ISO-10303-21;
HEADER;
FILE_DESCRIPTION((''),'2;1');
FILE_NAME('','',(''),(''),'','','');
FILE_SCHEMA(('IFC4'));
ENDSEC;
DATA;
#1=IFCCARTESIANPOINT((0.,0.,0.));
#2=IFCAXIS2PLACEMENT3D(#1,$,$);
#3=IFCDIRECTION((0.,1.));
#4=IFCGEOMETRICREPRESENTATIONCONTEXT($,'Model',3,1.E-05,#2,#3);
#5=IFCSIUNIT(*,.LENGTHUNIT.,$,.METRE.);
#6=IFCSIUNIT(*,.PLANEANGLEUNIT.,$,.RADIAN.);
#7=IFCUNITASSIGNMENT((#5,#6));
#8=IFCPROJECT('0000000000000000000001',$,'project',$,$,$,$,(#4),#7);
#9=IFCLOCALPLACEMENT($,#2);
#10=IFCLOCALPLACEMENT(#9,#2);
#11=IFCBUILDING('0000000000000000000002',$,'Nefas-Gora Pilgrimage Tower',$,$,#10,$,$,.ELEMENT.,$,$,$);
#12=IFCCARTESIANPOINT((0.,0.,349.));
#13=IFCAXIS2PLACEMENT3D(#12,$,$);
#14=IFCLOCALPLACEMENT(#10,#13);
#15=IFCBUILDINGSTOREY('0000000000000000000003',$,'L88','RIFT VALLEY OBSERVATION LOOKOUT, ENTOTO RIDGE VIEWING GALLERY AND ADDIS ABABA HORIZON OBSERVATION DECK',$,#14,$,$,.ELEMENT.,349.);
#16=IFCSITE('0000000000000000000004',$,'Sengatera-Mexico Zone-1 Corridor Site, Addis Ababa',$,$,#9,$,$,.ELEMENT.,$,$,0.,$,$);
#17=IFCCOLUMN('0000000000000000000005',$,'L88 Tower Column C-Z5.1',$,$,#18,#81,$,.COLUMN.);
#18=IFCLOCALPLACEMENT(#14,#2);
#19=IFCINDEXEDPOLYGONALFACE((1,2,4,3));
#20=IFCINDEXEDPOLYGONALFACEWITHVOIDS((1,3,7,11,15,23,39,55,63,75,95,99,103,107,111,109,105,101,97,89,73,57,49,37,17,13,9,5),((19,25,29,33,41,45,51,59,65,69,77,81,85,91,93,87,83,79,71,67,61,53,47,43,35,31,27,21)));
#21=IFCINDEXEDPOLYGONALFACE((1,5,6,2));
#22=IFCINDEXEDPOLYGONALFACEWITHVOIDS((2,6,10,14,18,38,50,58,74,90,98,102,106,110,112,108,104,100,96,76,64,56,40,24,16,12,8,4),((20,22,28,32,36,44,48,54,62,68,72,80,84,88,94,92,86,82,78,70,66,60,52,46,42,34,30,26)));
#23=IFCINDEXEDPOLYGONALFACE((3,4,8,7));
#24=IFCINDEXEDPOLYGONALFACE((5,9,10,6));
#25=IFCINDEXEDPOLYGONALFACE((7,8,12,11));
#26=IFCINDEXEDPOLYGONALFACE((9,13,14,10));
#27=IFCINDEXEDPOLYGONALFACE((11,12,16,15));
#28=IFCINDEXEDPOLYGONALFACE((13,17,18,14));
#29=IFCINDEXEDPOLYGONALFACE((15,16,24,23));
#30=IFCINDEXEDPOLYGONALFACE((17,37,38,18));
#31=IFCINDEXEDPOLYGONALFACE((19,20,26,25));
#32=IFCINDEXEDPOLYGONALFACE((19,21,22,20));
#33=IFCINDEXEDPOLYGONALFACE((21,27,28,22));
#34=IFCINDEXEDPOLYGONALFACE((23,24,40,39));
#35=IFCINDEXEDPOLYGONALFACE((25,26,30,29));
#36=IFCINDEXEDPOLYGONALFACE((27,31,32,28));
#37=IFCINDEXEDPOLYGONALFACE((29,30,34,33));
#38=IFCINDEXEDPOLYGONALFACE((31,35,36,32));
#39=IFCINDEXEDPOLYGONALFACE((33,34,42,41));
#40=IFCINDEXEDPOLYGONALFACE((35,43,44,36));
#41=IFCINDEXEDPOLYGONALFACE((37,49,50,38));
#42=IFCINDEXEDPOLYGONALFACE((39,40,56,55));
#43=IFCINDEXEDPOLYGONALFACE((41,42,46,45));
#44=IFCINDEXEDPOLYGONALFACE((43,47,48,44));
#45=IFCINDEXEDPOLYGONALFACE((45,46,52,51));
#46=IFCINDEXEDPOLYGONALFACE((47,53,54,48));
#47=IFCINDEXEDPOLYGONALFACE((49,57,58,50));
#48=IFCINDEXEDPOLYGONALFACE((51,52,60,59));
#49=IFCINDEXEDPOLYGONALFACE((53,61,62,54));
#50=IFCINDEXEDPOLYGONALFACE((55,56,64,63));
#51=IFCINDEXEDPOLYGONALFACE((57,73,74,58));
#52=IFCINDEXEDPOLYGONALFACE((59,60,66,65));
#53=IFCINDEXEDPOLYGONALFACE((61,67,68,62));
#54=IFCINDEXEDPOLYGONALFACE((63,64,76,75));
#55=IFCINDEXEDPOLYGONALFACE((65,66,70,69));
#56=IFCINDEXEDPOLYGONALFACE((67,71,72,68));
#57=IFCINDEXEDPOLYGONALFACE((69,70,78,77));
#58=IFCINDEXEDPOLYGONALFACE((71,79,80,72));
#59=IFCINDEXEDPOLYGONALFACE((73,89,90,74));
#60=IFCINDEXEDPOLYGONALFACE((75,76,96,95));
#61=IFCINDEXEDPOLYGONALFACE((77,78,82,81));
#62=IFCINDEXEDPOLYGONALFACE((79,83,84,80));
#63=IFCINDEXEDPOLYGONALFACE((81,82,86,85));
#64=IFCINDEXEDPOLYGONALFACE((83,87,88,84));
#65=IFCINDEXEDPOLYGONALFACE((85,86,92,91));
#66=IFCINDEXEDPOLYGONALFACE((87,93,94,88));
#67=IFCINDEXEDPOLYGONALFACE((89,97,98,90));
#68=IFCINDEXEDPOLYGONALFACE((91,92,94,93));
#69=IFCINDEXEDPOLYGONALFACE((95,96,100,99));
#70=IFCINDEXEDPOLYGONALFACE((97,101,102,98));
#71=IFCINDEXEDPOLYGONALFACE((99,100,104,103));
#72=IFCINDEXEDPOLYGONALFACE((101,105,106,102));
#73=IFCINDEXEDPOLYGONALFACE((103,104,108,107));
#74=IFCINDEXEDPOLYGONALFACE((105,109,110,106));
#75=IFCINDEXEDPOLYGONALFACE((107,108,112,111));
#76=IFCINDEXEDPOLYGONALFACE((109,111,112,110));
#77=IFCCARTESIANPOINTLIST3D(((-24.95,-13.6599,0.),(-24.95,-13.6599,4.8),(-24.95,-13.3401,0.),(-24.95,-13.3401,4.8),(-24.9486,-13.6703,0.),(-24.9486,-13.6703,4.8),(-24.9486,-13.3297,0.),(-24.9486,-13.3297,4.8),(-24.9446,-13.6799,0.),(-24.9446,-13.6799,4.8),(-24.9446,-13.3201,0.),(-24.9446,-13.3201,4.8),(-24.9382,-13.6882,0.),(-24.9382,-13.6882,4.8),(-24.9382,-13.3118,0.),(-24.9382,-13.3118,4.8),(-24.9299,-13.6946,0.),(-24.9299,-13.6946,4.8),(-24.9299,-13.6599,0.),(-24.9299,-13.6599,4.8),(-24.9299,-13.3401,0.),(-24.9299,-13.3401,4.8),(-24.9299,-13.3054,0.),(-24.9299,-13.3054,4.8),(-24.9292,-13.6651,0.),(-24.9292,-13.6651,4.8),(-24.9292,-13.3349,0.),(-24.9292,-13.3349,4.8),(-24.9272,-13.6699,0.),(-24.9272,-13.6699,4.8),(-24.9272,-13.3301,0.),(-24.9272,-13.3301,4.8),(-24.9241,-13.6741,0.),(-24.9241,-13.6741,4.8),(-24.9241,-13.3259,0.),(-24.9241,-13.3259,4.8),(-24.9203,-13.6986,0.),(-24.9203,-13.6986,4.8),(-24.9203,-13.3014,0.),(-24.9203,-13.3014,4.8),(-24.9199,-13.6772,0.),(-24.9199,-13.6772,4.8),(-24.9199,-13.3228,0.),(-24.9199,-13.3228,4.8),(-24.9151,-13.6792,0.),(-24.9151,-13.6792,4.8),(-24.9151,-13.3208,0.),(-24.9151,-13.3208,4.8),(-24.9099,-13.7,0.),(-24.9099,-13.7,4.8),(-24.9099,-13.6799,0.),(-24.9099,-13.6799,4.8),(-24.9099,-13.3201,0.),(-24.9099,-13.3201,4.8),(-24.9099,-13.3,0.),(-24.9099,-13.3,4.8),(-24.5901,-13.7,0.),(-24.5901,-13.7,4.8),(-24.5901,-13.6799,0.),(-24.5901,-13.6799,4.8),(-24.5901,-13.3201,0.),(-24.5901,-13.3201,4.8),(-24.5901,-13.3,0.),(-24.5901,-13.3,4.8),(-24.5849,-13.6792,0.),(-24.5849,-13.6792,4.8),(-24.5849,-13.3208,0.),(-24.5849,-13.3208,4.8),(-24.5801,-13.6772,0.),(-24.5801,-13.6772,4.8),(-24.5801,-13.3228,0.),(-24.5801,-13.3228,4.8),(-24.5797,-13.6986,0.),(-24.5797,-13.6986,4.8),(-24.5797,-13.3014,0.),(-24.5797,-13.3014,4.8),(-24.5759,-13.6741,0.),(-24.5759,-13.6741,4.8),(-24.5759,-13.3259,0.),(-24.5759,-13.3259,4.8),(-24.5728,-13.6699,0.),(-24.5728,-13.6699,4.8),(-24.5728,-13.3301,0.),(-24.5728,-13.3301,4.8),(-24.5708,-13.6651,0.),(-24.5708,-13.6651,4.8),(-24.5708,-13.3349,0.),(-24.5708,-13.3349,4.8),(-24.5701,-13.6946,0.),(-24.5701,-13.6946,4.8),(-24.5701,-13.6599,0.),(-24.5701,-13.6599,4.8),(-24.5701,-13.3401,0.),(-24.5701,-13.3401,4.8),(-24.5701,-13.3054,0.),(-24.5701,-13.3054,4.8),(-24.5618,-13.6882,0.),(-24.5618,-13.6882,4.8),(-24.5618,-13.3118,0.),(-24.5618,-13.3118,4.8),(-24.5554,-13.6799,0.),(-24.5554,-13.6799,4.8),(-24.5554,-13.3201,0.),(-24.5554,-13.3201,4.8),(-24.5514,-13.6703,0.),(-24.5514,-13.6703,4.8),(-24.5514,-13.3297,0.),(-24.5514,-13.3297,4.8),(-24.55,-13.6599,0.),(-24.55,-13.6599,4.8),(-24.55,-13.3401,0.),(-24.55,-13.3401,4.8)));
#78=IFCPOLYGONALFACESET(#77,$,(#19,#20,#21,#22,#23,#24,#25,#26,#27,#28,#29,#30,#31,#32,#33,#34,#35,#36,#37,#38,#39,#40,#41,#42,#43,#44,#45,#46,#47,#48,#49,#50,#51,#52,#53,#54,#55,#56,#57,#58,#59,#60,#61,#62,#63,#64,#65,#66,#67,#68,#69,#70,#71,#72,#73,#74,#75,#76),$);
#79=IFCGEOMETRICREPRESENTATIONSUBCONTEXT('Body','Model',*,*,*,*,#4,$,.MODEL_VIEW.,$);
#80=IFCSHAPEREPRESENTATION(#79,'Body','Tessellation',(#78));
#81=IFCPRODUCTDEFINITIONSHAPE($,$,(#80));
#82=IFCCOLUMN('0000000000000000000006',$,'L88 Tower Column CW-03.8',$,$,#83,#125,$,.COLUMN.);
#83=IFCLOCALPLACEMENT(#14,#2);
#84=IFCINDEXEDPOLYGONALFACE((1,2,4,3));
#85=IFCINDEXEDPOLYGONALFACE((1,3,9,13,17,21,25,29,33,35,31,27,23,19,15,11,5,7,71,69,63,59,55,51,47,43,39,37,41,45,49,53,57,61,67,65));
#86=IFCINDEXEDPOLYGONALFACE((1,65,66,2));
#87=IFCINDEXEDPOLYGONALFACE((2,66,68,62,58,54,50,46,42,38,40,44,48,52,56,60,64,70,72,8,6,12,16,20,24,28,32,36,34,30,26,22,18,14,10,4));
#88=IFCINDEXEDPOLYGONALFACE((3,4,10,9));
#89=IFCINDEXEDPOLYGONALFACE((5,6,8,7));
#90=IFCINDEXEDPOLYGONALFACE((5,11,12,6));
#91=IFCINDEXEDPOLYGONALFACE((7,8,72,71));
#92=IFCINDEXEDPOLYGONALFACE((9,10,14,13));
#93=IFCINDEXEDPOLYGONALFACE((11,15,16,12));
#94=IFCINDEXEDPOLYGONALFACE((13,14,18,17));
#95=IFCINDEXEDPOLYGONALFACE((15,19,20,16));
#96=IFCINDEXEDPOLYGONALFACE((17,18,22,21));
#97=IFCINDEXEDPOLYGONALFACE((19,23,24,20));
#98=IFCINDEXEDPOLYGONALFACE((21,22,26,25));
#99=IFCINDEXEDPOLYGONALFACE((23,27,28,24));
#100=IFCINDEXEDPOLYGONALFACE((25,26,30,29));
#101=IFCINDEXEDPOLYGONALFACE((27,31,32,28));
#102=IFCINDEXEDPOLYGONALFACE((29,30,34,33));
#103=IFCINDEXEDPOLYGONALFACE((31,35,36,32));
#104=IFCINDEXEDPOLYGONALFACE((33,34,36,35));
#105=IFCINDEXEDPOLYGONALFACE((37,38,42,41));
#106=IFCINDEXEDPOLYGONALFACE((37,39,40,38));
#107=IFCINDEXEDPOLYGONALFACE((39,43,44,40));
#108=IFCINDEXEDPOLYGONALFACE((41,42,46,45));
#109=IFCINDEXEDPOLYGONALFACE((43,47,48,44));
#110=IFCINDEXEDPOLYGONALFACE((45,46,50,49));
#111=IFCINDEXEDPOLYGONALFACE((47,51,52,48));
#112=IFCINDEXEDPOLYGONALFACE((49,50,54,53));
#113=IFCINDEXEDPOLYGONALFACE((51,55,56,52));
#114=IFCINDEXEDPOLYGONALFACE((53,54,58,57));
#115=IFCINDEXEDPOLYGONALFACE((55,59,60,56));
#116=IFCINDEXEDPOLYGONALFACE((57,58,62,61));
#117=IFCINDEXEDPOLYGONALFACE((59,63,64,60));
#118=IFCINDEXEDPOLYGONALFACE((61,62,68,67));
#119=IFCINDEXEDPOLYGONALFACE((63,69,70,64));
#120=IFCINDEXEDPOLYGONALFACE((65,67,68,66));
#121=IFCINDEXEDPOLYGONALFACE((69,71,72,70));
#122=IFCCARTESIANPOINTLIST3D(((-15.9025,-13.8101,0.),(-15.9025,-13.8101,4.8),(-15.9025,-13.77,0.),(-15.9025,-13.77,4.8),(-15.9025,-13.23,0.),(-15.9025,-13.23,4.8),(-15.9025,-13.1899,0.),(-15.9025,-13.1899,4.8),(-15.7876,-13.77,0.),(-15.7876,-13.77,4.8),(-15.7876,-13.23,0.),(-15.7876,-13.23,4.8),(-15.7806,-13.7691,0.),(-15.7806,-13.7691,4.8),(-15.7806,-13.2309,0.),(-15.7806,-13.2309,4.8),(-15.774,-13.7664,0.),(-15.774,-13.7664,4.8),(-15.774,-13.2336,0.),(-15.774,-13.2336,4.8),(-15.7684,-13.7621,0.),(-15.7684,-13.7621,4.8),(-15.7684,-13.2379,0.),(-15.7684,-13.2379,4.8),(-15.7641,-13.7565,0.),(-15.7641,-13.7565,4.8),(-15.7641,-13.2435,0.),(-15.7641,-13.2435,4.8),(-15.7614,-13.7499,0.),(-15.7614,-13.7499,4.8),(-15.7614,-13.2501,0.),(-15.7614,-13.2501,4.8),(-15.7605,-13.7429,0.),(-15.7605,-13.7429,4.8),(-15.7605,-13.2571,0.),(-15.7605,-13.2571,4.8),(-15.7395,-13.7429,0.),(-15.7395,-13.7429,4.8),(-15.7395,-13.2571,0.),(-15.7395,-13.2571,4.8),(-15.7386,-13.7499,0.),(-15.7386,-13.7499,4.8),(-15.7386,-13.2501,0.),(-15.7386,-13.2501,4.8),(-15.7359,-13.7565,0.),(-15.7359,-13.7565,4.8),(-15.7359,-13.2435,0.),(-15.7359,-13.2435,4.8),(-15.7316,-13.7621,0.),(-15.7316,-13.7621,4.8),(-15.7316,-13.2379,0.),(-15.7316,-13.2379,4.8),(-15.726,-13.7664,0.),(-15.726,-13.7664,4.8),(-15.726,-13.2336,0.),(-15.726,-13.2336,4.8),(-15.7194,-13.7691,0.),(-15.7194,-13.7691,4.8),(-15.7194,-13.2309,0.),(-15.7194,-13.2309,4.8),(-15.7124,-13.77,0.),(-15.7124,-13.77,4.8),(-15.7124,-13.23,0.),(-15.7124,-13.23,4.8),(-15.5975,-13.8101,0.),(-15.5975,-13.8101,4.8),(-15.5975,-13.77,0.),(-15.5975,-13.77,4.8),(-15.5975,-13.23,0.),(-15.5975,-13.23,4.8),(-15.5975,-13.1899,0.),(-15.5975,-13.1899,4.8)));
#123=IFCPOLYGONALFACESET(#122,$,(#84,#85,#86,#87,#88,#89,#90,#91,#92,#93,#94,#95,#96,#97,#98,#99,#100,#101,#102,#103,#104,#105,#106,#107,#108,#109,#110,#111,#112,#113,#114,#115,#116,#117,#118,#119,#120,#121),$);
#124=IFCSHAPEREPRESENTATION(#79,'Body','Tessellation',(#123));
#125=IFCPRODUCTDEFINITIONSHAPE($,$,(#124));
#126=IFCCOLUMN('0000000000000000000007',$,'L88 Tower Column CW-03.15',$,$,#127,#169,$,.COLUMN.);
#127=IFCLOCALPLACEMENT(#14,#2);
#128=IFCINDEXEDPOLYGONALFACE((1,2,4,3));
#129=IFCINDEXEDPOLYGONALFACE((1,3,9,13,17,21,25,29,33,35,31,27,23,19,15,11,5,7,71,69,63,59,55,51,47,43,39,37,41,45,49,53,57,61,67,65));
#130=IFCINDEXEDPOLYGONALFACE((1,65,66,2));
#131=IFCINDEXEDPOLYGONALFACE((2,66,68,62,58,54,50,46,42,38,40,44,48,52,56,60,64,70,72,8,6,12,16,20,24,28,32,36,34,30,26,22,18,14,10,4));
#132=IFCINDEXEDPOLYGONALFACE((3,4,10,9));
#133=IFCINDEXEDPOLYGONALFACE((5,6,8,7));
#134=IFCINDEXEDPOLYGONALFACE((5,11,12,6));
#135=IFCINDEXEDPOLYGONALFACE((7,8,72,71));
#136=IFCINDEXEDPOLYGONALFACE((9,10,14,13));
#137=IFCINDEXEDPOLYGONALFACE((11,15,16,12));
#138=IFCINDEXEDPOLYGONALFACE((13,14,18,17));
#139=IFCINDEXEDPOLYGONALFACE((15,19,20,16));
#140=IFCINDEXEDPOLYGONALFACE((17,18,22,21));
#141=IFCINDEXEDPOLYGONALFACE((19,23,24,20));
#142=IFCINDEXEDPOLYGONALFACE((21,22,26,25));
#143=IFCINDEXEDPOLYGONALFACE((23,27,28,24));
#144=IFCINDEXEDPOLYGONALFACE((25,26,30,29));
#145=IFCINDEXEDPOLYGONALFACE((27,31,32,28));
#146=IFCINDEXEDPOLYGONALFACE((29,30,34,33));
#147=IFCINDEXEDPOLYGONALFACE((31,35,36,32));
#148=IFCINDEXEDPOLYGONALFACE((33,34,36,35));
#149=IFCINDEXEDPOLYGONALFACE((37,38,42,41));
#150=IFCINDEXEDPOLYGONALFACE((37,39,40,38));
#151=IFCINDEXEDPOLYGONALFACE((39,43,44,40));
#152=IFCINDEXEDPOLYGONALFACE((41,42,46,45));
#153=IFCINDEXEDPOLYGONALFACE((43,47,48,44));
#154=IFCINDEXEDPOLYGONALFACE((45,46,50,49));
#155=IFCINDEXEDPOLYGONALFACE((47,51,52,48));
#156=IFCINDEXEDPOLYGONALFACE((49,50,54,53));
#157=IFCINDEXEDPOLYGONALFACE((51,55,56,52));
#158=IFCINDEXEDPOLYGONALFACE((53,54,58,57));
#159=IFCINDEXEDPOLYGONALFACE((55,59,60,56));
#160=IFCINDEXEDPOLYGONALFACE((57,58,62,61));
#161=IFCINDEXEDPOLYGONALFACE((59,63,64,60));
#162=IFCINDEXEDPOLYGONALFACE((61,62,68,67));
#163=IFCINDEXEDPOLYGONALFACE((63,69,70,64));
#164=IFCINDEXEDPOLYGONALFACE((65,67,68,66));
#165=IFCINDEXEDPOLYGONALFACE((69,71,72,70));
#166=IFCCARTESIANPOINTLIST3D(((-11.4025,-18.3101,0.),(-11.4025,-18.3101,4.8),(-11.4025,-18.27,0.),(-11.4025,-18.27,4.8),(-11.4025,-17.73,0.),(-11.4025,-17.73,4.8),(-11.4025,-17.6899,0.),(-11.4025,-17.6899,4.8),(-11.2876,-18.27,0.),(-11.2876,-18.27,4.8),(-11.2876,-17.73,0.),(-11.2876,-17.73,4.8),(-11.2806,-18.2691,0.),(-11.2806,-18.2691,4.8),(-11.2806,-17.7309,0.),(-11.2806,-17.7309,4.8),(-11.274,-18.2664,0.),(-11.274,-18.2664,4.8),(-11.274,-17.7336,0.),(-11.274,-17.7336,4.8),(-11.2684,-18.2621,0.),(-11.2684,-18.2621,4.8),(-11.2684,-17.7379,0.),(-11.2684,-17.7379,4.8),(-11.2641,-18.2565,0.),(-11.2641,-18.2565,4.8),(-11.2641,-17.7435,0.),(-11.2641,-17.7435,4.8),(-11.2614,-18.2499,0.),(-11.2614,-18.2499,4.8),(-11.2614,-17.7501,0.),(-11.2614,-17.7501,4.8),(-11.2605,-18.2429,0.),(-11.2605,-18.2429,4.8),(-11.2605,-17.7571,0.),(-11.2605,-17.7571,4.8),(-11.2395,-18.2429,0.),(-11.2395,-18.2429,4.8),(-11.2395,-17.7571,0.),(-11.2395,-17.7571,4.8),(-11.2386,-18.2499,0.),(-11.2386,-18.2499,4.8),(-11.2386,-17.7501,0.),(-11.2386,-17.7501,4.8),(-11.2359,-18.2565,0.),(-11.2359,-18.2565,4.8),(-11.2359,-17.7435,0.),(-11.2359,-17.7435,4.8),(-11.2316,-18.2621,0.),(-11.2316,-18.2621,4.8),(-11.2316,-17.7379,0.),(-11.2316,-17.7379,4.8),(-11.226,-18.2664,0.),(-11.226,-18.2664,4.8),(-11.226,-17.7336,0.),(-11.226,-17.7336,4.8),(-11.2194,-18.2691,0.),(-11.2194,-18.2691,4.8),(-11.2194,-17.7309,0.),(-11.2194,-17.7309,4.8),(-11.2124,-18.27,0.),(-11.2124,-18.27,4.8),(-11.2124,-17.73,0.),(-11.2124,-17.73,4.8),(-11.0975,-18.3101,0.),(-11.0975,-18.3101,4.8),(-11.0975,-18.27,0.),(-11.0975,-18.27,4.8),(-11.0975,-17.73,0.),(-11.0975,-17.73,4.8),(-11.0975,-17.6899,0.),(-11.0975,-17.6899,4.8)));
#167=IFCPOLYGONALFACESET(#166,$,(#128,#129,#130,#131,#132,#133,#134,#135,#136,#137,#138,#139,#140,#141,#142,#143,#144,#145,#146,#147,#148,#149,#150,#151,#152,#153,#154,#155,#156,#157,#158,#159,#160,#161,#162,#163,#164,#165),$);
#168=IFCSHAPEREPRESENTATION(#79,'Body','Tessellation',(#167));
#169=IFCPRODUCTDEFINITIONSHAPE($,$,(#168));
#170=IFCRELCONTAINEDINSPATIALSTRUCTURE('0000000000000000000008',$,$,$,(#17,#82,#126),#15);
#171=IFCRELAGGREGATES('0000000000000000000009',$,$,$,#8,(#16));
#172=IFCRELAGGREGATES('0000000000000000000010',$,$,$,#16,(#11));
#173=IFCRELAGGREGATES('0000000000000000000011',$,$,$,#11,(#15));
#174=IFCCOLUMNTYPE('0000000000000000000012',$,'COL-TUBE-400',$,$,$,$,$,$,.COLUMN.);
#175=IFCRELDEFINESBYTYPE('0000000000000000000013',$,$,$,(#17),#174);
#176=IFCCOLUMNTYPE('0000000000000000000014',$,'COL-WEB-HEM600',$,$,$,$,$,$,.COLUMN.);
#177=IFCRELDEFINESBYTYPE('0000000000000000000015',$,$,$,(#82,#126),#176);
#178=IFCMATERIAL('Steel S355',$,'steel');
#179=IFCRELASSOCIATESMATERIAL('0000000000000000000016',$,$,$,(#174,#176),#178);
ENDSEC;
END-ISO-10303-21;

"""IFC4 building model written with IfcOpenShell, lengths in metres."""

from ifc_helpers import new_model, si_unit, direction, frame, origin, origin_2d, place, context, subcontext, project, spatial, hollow_rectangle, i_section, extrude, source, transform, mapped, material, material_profile, profile_set, type_object, element, save


model = new_model("IFC4")

# Units and contexts
model_context = context("Model", 3, precision=1e-05, world=origin(), true_north=direction((0.0, 1.0)))
body_context = subcontext(model_context, "Body", "Model", "MODEL_VIEW")
ifc_project = project(units=[si_unit("LENGTHUNIT", "METRE"), si_unit("PLANEANGLEUNIT", "RADIAN")], contexts=[model_context])

# Site, building, storey
site_placement = place(None, origin())
site = spatial("IfcSite", under=ifc_project, at=site_placement, Name="Sengatera-Mexico Zone-1 Corridor Site, Addis Ababa", CompositionType="ELEMENT", RefElevation=0.0)
building_placement = place(site_placement, origin())
building = spatial("IfcBuilding", under=site, at=building_placement, Name="Nefas-Gora Pilgrimage Tower", CompositionType="ELEMENT")
storey_placement = place(building_placement, frame((0.0, 0.0, 349.0)))
storey = spatial("IfcBuildingStorey", under=building, at=storey_placement, Name="L88", Description="RIFT VALLEY OBSERVATION LOOKOUT, ENTOTO RIDGE VIEWING GALLERY AND ADDIS ABABA HORIZON OBSERVATION DECK", CompositionType="ELEMENT", Elevation=349.0)

# Columns
ifc_material_1 = material(Name="Steel S355", Category="steel")
ifc_material_profile_1 = material_profile(ifc_material_1, hollow_rectangle(XDim=0.3999, YDim=0.3999, WallThickness=0.02, InnerFilletRadius=0.02, OuterFilletRadius=0.04, at=origin_2d()), Name="SHS 400x400x20")
ifc_profile_set_1 = profile_set([ifc_material_profile_1], Name="Steel S355")
column_type_1 = type_object("IfcColumnType", Name="COL-TUBE-400", PredefinedType="COLUMN", material=ifc_profile_set_1)
shared_shape_1 = source(origin(), body_context, "Body", "SweptSolid", [
    extrude(hollow_rectangle(XDim=0.3999, YDim=0.3999, WallThickness=0.02, InnerFilletRadius=0.02, OuterFilletRadius=0.04, at=origin_2d()), origin(), (0.0, 0.0, 1.0), 4.8),
])
column_placement = place(storey_placement, frame((-24.75, -13.5, 0.0), z_axis=(0.0, 0.0, 1.0), x_axis=(1.0, 0.0, 0.0)))
element("IfcColumn", 1, at=column_placement, inside=storey, type_object=column_type_1, Name="L88 Tower Column C-Z5.1", PredefinedType="COLUMN", context=body_context, shape_type="MappedRepresentation", body=[
    mapped(shared_shape_1, transform((0.0, 0.0, 0.0), x_axis=(1.0, 0.0, 0.0), y_axis=(0.0, 1.0, 0.0), z_axis=(0.0, 0.0, 1.0), scale=1.0)),
])
ifc_material_profile_2 = material_profile(ifc_material_1, i_section(OverallWidth=0.3049, OverallDepth=0.6201, WebThickness=0.021, FlangeThickness=0.04, FilletRadius=0.0271, at=origin_2d()), Name="HEM 600")
ifc_profile_set_2 = profile_set([ifc_material_profile_2], Name="Steel S355")
column_type_2 = type_object("IfcColumnType", Name="COL-WEB-HEM600", PredefinedType="COLUMN", material=ifc_profile_set_2)
shared_shape_2 = source(origin(), body_context, "Body", "SweptSolid", [
    extrude(i_section(OverallWidth=0.3049, OverallDepth=0.6201, WebThickness=0.021, FlangeThickness=0.04, FilletRadius=0.0271, at=origin_2d()), origin(), (0.0, 0.0, 1.0), 4.8),
])
for number, where, z_axis, x_axis, name in (
    (2, (-15.75, -13.5, 0.0), (0.0, 0.0, 1.0), (1.0, 0.0, 0.0), "L88 Tower Column CW-03.8"),
    (3, (-11.25, -18.0, 0.0), (0.0, 0.0, 1.0), (1.0, 0.0, 0.0), "L88 Tower Column CW-03.15"),
):
    element("IfcColumn", number, at=place(storey_placement, frame(where, z_axis=z_axis, x_axis=x_axis)), inside=storey, type_object=column_type_2, Name=name, PredefinedType="COLUMN", context=body_context, shape_type="MappedRepresentation", body=[
        mapped(shared_shape_2, transform((0.0, 0.0, 0.0), x_axis=(1.0, 0.0, 0.0), y_axis=(0.0, 1.0, 0.0), z_axis=(0.0, 0.0, 1.0), scale=1.0)),
    ])

save(model, "model.ifc")
